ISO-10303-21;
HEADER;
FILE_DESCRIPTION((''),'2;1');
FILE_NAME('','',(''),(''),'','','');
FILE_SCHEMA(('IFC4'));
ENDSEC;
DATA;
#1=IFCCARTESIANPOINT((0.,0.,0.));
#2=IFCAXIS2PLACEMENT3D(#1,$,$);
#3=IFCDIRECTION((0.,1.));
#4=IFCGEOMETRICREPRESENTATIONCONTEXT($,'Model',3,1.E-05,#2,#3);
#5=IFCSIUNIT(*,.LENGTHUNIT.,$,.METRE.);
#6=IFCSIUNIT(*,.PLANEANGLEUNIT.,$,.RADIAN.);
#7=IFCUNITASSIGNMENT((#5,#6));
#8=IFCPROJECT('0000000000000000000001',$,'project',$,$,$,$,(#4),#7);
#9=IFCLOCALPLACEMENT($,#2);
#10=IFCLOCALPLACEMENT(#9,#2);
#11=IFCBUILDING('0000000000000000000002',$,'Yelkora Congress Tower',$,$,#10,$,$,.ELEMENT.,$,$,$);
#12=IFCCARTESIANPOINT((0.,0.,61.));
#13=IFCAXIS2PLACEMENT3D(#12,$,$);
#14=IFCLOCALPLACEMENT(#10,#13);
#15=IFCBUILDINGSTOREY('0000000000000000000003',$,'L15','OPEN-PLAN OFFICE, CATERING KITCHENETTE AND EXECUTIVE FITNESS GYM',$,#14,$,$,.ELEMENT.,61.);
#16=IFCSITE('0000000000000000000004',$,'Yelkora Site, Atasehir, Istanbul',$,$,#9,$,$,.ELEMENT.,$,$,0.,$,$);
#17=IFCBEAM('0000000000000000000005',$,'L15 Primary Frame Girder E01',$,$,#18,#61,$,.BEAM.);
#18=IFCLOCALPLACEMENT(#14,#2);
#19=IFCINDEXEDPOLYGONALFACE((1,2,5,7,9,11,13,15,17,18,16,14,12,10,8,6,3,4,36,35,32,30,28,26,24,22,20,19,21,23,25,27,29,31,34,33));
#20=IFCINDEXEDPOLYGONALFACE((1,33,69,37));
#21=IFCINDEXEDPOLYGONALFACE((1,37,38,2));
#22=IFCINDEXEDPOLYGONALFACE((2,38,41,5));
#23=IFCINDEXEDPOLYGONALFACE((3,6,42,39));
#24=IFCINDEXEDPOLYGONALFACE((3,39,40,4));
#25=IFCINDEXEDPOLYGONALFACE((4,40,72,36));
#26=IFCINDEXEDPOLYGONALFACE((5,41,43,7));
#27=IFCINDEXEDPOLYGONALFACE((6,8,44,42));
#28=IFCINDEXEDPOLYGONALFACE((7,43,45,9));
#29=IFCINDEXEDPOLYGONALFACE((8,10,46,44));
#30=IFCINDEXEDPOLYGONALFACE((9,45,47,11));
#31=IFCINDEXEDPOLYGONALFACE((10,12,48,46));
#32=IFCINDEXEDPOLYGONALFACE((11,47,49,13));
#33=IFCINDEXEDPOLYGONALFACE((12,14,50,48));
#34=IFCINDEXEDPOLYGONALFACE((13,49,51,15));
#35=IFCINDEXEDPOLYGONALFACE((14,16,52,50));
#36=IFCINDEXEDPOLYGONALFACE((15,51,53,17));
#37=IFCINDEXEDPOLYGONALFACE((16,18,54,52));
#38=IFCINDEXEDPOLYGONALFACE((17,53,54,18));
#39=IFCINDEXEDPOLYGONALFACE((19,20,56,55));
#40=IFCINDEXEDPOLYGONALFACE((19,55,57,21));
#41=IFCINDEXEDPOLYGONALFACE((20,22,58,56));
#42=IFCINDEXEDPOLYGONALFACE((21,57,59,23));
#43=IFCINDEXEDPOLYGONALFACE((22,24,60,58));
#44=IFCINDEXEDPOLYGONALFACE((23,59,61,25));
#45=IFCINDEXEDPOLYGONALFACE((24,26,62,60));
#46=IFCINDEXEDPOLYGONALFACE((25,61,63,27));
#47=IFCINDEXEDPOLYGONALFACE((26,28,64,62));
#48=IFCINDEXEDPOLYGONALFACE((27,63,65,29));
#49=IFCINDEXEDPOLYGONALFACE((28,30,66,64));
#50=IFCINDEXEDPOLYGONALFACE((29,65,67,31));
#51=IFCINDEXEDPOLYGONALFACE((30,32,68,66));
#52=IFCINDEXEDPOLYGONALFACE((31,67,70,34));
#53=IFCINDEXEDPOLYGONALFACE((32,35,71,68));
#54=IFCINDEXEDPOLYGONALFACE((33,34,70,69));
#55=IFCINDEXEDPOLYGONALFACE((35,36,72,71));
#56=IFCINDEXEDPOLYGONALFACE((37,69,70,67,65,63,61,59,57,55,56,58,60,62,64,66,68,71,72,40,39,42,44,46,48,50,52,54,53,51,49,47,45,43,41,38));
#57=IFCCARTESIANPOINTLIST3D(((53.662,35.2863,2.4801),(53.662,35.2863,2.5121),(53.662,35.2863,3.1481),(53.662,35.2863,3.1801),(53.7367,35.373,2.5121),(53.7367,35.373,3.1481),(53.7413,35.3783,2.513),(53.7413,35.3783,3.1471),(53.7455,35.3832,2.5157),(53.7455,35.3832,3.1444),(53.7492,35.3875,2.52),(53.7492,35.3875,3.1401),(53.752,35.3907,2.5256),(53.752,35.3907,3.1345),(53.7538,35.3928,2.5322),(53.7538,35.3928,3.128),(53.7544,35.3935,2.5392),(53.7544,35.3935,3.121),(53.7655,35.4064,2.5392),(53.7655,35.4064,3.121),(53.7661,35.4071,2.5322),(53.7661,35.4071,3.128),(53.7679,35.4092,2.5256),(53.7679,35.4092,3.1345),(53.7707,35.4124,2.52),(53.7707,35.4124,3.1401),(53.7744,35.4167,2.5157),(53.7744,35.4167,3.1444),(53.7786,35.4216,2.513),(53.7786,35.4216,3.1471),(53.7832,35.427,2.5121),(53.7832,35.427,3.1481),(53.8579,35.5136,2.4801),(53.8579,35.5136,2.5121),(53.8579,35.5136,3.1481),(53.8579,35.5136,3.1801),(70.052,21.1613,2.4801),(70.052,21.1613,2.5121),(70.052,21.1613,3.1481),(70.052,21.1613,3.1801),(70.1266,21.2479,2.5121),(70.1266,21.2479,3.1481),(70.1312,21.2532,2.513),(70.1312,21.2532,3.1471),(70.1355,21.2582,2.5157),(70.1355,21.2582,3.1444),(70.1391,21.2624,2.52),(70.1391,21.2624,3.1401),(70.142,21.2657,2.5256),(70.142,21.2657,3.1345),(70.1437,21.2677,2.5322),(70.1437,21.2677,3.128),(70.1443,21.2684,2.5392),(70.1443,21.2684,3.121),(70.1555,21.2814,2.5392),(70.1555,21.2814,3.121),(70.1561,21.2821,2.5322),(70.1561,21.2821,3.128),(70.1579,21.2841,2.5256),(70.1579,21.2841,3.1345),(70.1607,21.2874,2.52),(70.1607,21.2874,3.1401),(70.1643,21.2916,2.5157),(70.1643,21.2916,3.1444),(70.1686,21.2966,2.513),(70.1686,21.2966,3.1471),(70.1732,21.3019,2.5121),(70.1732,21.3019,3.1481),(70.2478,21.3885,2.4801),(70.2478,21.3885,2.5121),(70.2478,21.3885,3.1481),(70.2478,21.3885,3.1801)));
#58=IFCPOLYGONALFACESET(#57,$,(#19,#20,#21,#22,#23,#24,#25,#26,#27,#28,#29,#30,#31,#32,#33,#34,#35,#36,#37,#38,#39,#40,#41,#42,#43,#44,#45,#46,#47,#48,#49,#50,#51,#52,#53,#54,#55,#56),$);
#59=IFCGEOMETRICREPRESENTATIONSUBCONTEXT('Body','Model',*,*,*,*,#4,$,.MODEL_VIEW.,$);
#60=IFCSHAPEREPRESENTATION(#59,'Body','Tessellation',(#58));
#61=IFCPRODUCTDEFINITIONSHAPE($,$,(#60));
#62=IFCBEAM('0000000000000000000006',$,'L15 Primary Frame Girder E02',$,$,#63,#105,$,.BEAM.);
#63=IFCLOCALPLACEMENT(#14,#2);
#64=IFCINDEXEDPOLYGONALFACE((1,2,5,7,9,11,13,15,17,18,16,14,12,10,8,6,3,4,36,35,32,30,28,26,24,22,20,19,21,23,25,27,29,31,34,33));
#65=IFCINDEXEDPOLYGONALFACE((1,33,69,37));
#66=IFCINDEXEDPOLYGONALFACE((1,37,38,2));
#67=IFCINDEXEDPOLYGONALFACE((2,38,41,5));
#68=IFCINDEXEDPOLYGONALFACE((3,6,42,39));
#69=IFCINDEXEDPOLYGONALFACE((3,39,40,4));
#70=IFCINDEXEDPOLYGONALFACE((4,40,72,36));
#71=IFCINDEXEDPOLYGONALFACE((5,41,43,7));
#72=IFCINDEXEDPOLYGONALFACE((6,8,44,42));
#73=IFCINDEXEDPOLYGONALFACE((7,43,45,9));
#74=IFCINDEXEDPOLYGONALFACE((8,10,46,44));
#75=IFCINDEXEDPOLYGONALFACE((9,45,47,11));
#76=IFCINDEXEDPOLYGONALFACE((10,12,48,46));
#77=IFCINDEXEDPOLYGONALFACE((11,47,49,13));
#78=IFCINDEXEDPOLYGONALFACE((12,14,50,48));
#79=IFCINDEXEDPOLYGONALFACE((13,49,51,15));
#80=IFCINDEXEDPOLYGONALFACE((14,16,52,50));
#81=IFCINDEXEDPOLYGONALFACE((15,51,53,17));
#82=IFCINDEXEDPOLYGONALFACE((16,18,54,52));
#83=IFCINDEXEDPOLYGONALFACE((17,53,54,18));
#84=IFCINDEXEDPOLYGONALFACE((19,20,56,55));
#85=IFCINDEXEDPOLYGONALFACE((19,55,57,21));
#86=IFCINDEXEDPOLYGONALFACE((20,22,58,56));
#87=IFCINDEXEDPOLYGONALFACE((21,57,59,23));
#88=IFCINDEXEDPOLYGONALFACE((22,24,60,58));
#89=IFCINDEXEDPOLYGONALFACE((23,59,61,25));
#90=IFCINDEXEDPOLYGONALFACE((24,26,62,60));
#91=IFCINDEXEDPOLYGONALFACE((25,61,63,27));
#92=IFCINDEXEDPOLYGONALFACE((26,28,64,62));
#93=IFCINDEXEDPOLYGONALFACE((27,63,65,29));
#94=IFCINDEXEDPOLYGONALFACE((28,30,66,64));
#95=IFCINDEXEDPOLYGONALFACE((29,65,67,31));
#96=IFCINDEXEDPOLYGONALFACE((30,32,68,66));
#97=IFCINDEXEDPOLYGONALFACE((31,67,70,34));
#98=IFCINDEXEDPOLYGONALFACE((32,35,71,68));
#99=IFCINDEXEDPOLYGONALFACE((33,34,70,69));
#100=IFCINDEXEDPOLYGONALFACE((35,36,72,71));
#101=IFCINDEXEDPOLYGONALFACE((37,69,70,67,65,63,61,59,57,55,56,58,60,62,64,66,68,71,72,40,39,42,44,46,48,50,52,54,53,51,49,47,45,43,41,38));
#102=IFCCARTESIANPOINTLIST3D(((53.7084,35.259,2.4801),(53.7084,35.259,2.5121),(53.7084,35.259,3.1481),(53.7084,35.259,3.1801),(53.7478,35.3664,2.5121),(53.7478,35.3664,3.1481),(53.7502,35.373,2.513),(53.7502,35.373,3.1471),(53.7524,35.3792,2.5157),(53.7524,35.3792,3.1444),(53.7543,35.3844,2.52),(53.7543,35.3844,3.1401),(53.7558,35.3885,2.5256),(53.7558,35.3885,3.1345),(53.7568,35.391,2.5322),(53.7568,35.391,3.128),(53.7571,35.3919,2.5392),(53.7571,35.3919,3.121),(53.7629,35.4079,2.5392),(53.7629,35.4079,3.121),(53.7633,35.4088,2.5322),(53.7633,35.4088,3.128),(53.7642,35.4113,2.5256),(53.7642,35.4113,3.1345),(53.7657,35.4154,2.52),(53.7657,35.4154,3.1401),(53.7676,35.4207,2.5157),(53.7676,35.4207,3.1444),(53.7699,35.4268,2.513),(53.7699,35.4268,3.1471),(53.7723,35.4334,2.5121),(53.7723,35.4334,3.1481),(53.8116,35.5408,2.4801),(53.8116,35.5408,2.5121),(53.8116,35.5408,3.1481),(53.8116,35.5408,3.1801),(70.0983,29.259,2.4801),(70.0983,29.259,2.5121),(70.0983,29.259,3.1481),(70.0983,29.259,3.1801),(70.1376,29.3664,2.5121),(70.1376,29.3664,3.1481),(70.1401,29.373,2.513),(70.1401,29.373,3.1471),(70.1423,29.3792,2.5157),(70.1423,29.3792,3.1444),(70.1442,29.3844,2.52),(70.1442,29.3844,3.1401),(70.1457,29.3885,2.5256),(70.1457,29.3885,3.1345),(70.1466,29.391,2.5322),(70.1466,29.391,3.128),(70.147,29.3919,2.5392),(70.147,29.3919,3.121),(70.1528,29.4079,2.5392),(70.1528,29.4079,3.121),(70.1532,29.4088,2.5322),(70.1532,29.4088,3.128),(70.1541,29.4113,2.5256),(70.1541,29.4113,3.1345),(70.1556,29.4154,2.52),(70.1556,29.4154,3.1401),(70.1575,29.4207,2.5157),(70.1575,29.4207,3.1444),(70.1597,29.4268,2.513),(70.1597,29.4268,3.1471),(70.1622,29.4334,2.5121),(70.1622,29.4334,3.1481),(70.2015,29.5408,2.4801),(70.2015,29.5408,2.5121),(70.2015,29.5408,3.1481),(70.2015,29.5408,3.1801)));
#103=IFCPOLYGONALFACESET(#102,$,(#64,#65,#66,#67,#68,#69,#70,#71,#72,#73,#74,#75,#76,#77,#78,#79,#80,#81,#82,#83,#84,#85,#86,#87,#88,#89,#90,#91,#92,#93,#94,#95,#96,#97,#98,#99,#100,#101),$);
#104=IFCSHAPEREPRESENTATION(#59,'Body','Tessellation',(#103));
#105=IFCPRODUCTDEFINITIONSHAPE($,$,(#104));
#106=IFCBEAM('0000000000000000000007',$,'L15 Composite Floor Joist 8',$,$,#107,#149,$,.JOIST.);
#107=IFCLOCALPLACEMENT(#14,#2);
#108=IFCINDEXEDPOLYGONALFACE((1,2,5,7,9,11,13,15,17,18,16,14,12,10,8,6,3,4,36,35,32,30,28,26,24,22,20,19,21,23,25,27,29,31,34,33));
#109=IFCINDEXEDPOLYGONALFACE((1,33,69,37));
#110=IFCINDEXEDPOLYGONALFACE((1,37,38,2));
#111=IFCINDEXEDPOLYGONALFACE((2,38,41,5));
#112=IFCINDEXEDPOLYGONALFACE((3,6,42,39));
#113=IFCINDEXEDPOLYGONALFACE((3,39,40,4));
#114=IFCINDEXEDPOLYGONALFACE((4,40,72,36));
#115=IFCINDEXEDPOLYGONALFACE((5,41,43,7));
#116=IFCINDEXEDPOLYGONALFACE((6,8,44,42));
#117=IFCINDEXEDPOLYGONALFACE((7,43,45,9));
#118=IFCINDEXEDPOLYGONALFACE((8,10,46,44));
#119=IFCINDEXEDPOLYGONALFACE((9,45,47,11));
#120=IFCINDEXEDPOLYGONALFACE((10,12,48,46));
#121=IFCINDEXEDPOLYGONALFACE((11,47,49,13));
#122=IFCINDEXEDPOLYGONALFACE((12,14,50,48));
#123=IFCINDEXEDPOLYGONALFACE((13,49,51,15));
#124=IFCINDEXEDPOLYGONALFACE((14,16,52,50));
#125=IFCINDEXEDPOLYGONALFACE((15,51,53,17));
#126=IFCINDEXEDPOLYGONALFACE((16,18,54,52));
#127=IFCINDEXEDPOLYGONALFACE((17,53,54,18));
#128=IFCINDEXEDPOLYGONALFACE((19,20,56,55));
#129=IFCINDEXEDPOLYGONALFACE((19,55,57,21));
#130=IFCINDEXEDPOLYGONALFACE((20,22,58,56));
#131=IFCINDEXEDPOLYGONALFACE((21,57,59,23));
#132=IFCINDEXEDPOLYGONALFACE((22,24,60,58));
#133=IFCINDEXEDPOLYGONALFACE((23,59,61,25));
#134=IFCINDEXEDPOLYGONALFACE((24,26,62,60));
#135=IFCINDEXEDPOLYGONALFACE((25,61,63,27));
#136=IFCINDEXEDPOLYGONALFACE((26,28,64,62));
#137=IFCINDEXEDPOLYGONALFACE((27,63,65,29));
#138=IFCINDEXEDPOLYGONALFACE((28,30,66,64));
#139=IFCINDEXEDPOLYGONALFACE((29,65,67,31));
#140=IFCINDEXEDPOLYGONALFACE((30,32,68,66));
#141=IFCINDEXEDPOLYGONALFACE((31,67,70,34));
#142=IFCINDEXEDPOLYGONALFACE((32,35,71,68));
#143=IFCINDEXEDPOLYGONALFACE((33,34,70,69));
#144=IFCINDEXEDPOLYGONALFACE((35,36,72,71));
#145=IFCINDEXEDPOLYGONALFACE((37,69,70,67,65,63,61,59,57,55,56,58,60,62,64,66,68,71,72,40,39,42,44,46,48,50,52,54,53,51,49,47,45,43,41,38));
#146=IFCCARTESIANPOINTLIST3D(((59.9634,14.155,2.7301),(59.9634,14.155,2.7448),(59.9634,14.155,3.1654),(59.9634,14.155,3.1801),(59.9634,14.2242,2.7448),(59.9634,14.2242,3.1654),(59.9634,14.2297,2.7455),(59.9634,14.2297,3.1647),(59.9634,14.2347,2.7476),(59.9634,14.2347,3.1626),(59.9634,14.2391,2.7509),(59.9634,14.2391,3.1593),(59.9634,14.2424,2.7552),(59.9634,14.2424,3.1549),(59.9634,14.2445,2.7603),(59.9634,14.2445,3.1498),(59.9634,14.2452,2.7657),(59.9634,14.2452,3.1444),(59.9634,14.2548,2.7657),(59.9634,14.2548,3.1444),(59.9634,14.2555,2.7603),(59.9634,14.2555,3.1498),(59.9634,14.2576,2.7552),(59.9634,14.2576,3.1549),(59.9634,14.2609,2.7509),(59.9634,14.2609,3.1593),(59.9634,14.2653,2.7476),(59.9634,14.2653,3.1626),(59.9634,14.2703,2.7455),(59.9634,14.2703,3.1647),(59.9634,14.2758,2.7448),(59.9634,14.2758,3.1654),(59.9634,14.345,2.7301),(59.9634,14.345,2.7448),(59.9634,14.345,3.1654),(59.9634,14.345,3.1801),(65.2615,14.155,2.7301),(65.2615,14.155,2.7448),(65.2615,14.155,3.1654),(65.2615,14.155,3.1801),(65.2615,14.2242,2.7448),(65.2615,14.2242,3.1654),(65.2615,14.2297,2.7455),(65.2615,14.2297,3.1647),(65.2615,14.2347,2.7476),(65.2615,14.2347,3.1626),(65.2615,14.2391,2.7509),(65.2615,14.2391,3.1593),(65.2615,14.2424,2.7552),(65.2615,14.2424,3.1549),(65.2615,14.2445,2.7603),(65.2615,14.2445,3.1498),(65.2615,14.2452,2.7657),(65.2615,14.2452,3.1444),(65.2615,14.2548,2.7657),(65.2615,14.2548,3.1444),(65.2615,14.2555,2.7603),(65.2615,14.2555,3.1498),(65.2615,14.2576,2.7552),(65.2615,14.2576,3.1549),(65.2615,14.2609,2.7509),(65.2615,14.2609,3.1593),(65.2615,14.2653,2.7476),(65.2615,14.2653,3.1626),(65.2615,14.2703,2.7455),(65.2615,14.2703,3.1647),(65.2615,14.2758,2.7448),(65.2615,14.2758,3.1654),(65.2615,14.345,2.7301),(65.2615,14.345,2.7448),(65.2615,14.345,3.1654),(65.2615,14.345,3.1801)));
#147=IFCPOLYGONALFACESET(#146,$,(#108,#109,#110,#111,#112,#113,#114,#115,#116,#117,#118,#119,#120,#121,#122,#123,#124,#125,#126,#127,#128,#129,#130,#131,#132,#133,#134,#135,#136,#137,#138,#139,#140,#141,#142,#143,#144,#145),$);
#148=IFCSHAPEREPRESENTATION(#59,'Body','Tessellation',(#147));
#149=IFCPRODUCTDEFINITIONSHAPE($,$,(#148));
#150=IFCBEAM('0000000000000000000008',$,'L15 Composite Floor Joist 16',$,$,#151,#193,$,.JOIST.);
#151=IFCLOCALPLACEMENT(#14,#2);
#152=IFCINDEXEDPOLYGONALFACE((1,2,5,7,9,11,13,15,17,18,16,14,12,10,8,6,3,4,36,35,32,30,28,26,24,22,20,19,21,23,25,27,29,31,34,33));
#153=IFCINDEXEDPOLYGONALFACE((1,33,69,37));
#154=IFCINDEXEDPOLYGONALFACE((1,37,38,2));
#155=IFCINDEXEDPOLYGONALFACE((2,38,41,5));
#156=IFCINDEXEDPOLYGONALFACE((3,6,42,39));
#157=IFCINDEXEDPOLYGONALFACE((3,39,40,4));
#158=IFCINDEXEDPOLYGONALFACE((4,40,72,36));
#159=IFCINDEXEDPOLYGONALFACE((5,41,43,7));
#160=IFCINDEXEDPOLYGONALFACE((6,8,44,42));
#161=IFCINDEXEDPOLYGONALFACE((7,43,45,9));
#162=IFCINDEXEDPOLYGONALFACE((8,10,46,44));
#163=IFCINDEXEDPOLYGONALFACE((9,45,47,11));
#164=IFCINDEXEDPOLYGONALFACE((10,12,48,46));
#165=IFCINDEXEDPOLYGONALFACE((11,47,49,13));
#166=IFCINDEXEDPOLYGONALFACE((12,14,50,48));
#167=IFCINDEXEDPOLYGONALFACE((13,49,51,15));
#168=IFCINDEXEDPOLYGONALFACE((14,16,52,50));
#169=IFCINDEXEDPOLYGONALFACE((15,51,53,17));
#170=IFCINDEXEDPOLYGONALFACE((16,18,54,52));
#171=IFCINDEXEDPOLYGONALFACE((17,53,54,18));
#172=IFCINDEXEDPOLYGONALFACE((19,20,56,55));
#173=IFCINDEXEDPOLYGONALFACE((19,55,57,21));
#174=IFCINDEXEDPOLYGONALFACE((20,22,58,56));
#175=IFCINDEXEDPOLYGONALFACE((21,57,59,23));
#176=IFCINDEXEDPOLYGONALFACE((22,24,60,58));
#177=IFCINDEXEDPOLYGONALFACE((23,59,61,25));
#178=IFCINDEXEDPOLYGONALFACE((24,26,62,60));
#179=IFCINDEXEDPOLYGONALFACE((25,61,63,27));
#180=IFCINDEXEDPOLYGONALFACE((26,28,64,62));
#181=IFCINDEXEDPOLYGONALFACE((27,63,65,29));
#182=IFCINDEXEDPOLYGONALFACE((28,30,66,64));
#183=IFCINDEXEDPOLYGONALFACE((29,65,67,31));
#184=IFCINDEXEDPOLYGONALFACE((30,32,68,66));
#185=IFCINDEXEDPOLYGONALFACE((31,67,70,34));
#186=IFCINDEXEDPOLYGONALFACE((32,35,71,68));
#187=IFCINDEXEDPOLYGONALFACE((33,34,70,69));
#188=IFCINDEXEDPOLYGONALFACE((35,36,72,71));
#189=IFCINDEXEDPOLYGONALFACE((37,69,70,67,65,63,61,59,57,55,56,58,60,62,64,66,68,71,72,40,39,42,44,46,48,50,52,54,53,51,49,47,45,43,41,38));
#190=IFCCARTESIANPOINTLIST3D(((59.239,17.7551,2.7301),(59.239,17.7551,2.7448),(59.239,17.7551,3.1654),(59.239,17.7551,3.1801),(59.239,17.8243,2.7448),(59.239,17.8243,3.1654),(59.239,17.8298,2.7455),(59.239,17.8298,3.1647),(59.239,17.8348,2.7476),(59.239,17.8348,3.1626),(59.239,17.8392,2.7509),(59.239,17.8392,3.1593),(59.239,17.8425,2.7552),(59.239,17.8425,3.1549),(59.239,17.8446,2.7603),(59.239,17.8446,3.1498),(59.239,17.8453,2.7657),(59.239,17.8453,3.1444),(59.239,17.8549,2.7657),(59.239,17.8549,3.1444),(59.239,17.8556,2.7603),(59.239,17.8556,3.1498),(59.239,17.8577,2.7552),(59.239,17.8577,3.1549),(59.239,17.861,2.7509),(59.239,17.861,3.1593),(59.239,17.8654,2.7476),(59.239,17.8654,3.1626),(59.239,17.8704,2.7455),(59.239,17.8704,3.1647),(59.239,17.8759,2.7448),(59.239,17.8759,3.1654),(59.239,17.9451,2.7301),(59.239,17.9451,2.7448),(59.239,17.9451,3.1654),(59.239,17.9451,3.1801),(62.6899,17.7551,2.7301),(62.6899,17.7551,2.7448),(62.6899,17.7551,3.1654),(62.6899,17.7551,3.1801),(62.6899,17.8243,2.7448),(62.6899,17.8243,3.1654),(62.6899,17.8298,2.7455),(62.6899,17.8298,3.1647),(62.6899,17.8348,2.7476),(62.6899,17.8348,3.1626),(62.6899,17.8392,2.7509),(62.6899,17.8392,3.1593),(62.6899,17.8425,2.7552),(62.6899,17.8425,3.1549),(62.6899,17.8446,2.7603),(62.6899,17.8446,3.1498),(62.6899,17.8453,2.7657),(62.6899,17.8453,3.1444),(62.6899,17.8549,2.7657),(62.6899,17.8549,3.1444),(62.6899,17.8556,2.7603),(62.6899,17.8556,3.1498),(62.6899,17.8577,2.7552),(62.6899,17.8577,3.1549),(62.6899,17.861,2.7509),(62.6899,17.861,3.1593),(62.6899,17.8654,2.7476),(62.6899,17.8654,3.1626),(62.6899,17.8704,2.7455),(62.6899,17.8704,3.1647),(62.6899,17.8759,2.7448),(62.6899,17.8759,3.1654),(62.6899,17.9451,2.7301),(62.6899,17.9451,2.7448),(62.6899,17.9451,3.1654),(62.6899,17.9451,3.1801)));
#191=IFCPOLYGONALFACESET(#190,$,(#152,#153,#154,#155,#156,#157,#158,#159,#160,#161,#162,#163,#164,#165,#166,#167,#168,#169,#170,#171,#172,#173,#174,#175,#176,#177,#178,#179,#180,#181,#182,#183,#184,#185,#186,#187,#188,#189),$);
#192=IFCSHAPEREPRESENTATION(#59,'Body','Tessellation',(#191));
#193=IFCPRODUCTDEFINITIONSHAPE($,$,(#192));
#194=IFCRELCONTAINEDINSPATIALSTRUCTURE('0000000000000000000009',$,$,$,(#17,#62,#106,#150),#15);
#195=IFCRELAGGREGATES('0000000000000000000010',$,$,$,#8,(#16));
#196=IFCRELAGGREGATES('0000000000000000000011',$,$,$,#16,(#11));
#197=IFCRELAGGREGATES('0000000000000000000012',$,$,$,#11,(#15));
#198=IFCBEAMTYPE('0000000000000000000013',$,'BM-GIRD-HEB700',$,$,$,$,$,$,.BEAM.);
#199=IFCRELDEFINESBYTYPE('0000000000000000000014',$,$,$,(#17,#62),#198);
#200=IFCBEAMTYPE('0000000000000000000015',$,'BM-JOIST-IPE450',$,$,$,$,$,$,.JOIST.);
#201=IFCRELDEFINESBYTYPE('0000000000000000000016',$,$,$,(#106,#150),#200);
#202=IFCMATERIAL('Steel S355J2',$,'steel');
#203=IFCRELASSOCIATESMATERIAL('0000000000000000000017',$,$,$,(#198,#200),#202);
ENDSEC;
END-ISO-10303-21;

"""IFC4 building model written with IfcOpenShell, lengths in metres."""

from ifc_helpers import new_model, si_unit, direction, frame, origin, origin_2d, place, context, subcontext, project, spatial, i_section, extrude, material, material_profile, profile_set, type_object, element, save


model = new_model("IFC4")

# Units and contexts
model_context = context("Model", 3, precision=1e-05, world=origin(), true_north=direction((0.0, 1.0)))
body_context = subcontext(model_context, "Body", "Model", "MODEL_VIEW")
ifc_project = project(units=[si_unit("LENGTHUNIT", "METRE"), si_unit("PLANEANGLEUNIT", "RADIAN")], contexts=[model_context])

# Site, building, storey
site_placement = place(None, origin())
site = spatial("IfcSite", under=ifc_project, at=site_placement, Name="Yelkora Site, Atasehir, Istanbul", CompositionType="ELEMENT", RefElevation=0.0)
building_placement = place(site_placement, origin())
building = spatial("IfcBuilding", under=site, at=building_placement, Name="Yelkora Congress Tower", CompositionType="ELEMENT")
storey_placement = place(building_placement, frame((0.0, 0.0, 61.0)))
storey = spatial("IfcBuildingStorey", under=building, at=storey_placement, Name="L15", Description="OPEN-PLAN OFFICE, CATERING KITCHENETTE AND EXECUTIVE FITNESS GYM", CompositionType="ELEMENT", Elevation=61.0)

# Beams
ifc_material_1 = material(Name="Steel S355J2", Category="steel")
ifc_material_profile_1 = material_profile(ifc_material_1, i_section(OverallWidth=0.3, OverallDepth=0.7, WebThickness=0.0171, FlangeThickness=0.032, FilletRadius=0.0271, at=origin_2d()), Name="HEB 700")
ifc_profile_set_1 = profile_set([ifc_material_profile_1], Name="Steel S355J2")
beam_type_1 = type_object("IfcBeamType", Name="BM-GIRD-HEB700", PredefinedType="BEAM", material=ifc_profile_set_1)
beam_1_placement = place(storey_placement, frame((70.1499, 21.2749, 2.8301), z_axis=(-0.757506, 0.652828, 0.0), x_axis=(-0.652828, -0.757506, 0.0)))
element("IfcBeam", 1, at=beam_1_placement, inside=storey, type_object=beam_type_1, Name="L15 Primary Frame Girder E01", PredefinedType="BEAM", context=body_context, shape_type="SweptSolid", body=[
    extrude(i_section(OverallWidth=0.3, OverallDepth=0.7, WebThickness=0.0171, FlangeThickness=0.032, FilletRadius=0.0271, at=origin_2d()), origin(), (0.0, 0.0, 1.0), 21.6367),
])
beam_2_placement = place(storey_placement, frame((70.1499, 29.3999, 2.8301), z_axis=(-0.939054, 0.343768, 0.0), x_axis=(-0.343768, -0.939054, 0.0)))
element("IfcBeam", 2, at=beam_2_placement, inside=storey, type_object=beam_type_1, Name="L15 Primary Frame Girder E02", PredefinedType="BEAM", context=body_context, shape_type="SweptSolid", body=[
    extrude(i_section(OverallWidth=0.3, OverallDepth=0.7, WebThickness=0.0171, FlangeThickness=0.032, FilletRadius=0.0271, at=origin_2d()), origin(), (0.0, 0.0, 1.0), 17.4536),
])
ifc_material_profile_2 = material_profile(ifc_material_1, i_section(OverallWidth=0.1899, OverallDepth=0.45, WebThickness=0.0095, FlangeThickness=0.0146, FilletRadius=0.021, at=origin_2d()), Name="IPE 450")
ifc_profile_set_2 = profile_set([ifc_material_profile_2], Name="Steel S355J2")
beam_type_2 = type_object("IfcBeamType", Name="BM-JOIST-IPE450", PredefinedType="JOIST", material=ifc_profile_set_2)
beam_3_placement = place(storey_placement, frame((59.9634, 14.25, 2.9551), z_axis=(1.0, 0.0, 0.0), x_axis=(0.0, 1.0, 0.0)))
element("IfcBeam", 3, at=beam_3_placement, inside=storey, type_object=beam_type_2, Name="L15 Composite Floor Joist 8", PredefinedType="JOIST", context=body_context, shape_type="SweptSolid", body=[
    extrude(i_section(OverallWidth=0.1899, OverallDepth=0.45, WebThickness=0.0095, FlangeThickness=0.0146, FilletRadius=0.021, at=origin_2d()), origin(), (0.0, 0.0, 1.0), 5.2981),
])
beam_4_placement = place(storey_placement, frame((59.239, 17.8501, 2.9551), z_axis=(1.0, 0.0, 0.0), x_axis=(0.0, 1.0, 0.0)))
element("IfcBeam", 4, at=beam_4_placement, inside=storey, type_object=beam_type_2, Name="L15 Composite Floor Joist 16", PredefinedType="JOIST", context=body_context, shape_type="SweptSolid", body=[
    extrude(i_section(OverallWidth=0.1899, OverallDepth=0.45, WebThickness=0.0095, FlangeThickness=0.0146, FilletRadius=0.021, at=origin_2d()), origin(), (0.0, 0.0, 1.0), 3.4509),
])

save(model, "model.ifc")
